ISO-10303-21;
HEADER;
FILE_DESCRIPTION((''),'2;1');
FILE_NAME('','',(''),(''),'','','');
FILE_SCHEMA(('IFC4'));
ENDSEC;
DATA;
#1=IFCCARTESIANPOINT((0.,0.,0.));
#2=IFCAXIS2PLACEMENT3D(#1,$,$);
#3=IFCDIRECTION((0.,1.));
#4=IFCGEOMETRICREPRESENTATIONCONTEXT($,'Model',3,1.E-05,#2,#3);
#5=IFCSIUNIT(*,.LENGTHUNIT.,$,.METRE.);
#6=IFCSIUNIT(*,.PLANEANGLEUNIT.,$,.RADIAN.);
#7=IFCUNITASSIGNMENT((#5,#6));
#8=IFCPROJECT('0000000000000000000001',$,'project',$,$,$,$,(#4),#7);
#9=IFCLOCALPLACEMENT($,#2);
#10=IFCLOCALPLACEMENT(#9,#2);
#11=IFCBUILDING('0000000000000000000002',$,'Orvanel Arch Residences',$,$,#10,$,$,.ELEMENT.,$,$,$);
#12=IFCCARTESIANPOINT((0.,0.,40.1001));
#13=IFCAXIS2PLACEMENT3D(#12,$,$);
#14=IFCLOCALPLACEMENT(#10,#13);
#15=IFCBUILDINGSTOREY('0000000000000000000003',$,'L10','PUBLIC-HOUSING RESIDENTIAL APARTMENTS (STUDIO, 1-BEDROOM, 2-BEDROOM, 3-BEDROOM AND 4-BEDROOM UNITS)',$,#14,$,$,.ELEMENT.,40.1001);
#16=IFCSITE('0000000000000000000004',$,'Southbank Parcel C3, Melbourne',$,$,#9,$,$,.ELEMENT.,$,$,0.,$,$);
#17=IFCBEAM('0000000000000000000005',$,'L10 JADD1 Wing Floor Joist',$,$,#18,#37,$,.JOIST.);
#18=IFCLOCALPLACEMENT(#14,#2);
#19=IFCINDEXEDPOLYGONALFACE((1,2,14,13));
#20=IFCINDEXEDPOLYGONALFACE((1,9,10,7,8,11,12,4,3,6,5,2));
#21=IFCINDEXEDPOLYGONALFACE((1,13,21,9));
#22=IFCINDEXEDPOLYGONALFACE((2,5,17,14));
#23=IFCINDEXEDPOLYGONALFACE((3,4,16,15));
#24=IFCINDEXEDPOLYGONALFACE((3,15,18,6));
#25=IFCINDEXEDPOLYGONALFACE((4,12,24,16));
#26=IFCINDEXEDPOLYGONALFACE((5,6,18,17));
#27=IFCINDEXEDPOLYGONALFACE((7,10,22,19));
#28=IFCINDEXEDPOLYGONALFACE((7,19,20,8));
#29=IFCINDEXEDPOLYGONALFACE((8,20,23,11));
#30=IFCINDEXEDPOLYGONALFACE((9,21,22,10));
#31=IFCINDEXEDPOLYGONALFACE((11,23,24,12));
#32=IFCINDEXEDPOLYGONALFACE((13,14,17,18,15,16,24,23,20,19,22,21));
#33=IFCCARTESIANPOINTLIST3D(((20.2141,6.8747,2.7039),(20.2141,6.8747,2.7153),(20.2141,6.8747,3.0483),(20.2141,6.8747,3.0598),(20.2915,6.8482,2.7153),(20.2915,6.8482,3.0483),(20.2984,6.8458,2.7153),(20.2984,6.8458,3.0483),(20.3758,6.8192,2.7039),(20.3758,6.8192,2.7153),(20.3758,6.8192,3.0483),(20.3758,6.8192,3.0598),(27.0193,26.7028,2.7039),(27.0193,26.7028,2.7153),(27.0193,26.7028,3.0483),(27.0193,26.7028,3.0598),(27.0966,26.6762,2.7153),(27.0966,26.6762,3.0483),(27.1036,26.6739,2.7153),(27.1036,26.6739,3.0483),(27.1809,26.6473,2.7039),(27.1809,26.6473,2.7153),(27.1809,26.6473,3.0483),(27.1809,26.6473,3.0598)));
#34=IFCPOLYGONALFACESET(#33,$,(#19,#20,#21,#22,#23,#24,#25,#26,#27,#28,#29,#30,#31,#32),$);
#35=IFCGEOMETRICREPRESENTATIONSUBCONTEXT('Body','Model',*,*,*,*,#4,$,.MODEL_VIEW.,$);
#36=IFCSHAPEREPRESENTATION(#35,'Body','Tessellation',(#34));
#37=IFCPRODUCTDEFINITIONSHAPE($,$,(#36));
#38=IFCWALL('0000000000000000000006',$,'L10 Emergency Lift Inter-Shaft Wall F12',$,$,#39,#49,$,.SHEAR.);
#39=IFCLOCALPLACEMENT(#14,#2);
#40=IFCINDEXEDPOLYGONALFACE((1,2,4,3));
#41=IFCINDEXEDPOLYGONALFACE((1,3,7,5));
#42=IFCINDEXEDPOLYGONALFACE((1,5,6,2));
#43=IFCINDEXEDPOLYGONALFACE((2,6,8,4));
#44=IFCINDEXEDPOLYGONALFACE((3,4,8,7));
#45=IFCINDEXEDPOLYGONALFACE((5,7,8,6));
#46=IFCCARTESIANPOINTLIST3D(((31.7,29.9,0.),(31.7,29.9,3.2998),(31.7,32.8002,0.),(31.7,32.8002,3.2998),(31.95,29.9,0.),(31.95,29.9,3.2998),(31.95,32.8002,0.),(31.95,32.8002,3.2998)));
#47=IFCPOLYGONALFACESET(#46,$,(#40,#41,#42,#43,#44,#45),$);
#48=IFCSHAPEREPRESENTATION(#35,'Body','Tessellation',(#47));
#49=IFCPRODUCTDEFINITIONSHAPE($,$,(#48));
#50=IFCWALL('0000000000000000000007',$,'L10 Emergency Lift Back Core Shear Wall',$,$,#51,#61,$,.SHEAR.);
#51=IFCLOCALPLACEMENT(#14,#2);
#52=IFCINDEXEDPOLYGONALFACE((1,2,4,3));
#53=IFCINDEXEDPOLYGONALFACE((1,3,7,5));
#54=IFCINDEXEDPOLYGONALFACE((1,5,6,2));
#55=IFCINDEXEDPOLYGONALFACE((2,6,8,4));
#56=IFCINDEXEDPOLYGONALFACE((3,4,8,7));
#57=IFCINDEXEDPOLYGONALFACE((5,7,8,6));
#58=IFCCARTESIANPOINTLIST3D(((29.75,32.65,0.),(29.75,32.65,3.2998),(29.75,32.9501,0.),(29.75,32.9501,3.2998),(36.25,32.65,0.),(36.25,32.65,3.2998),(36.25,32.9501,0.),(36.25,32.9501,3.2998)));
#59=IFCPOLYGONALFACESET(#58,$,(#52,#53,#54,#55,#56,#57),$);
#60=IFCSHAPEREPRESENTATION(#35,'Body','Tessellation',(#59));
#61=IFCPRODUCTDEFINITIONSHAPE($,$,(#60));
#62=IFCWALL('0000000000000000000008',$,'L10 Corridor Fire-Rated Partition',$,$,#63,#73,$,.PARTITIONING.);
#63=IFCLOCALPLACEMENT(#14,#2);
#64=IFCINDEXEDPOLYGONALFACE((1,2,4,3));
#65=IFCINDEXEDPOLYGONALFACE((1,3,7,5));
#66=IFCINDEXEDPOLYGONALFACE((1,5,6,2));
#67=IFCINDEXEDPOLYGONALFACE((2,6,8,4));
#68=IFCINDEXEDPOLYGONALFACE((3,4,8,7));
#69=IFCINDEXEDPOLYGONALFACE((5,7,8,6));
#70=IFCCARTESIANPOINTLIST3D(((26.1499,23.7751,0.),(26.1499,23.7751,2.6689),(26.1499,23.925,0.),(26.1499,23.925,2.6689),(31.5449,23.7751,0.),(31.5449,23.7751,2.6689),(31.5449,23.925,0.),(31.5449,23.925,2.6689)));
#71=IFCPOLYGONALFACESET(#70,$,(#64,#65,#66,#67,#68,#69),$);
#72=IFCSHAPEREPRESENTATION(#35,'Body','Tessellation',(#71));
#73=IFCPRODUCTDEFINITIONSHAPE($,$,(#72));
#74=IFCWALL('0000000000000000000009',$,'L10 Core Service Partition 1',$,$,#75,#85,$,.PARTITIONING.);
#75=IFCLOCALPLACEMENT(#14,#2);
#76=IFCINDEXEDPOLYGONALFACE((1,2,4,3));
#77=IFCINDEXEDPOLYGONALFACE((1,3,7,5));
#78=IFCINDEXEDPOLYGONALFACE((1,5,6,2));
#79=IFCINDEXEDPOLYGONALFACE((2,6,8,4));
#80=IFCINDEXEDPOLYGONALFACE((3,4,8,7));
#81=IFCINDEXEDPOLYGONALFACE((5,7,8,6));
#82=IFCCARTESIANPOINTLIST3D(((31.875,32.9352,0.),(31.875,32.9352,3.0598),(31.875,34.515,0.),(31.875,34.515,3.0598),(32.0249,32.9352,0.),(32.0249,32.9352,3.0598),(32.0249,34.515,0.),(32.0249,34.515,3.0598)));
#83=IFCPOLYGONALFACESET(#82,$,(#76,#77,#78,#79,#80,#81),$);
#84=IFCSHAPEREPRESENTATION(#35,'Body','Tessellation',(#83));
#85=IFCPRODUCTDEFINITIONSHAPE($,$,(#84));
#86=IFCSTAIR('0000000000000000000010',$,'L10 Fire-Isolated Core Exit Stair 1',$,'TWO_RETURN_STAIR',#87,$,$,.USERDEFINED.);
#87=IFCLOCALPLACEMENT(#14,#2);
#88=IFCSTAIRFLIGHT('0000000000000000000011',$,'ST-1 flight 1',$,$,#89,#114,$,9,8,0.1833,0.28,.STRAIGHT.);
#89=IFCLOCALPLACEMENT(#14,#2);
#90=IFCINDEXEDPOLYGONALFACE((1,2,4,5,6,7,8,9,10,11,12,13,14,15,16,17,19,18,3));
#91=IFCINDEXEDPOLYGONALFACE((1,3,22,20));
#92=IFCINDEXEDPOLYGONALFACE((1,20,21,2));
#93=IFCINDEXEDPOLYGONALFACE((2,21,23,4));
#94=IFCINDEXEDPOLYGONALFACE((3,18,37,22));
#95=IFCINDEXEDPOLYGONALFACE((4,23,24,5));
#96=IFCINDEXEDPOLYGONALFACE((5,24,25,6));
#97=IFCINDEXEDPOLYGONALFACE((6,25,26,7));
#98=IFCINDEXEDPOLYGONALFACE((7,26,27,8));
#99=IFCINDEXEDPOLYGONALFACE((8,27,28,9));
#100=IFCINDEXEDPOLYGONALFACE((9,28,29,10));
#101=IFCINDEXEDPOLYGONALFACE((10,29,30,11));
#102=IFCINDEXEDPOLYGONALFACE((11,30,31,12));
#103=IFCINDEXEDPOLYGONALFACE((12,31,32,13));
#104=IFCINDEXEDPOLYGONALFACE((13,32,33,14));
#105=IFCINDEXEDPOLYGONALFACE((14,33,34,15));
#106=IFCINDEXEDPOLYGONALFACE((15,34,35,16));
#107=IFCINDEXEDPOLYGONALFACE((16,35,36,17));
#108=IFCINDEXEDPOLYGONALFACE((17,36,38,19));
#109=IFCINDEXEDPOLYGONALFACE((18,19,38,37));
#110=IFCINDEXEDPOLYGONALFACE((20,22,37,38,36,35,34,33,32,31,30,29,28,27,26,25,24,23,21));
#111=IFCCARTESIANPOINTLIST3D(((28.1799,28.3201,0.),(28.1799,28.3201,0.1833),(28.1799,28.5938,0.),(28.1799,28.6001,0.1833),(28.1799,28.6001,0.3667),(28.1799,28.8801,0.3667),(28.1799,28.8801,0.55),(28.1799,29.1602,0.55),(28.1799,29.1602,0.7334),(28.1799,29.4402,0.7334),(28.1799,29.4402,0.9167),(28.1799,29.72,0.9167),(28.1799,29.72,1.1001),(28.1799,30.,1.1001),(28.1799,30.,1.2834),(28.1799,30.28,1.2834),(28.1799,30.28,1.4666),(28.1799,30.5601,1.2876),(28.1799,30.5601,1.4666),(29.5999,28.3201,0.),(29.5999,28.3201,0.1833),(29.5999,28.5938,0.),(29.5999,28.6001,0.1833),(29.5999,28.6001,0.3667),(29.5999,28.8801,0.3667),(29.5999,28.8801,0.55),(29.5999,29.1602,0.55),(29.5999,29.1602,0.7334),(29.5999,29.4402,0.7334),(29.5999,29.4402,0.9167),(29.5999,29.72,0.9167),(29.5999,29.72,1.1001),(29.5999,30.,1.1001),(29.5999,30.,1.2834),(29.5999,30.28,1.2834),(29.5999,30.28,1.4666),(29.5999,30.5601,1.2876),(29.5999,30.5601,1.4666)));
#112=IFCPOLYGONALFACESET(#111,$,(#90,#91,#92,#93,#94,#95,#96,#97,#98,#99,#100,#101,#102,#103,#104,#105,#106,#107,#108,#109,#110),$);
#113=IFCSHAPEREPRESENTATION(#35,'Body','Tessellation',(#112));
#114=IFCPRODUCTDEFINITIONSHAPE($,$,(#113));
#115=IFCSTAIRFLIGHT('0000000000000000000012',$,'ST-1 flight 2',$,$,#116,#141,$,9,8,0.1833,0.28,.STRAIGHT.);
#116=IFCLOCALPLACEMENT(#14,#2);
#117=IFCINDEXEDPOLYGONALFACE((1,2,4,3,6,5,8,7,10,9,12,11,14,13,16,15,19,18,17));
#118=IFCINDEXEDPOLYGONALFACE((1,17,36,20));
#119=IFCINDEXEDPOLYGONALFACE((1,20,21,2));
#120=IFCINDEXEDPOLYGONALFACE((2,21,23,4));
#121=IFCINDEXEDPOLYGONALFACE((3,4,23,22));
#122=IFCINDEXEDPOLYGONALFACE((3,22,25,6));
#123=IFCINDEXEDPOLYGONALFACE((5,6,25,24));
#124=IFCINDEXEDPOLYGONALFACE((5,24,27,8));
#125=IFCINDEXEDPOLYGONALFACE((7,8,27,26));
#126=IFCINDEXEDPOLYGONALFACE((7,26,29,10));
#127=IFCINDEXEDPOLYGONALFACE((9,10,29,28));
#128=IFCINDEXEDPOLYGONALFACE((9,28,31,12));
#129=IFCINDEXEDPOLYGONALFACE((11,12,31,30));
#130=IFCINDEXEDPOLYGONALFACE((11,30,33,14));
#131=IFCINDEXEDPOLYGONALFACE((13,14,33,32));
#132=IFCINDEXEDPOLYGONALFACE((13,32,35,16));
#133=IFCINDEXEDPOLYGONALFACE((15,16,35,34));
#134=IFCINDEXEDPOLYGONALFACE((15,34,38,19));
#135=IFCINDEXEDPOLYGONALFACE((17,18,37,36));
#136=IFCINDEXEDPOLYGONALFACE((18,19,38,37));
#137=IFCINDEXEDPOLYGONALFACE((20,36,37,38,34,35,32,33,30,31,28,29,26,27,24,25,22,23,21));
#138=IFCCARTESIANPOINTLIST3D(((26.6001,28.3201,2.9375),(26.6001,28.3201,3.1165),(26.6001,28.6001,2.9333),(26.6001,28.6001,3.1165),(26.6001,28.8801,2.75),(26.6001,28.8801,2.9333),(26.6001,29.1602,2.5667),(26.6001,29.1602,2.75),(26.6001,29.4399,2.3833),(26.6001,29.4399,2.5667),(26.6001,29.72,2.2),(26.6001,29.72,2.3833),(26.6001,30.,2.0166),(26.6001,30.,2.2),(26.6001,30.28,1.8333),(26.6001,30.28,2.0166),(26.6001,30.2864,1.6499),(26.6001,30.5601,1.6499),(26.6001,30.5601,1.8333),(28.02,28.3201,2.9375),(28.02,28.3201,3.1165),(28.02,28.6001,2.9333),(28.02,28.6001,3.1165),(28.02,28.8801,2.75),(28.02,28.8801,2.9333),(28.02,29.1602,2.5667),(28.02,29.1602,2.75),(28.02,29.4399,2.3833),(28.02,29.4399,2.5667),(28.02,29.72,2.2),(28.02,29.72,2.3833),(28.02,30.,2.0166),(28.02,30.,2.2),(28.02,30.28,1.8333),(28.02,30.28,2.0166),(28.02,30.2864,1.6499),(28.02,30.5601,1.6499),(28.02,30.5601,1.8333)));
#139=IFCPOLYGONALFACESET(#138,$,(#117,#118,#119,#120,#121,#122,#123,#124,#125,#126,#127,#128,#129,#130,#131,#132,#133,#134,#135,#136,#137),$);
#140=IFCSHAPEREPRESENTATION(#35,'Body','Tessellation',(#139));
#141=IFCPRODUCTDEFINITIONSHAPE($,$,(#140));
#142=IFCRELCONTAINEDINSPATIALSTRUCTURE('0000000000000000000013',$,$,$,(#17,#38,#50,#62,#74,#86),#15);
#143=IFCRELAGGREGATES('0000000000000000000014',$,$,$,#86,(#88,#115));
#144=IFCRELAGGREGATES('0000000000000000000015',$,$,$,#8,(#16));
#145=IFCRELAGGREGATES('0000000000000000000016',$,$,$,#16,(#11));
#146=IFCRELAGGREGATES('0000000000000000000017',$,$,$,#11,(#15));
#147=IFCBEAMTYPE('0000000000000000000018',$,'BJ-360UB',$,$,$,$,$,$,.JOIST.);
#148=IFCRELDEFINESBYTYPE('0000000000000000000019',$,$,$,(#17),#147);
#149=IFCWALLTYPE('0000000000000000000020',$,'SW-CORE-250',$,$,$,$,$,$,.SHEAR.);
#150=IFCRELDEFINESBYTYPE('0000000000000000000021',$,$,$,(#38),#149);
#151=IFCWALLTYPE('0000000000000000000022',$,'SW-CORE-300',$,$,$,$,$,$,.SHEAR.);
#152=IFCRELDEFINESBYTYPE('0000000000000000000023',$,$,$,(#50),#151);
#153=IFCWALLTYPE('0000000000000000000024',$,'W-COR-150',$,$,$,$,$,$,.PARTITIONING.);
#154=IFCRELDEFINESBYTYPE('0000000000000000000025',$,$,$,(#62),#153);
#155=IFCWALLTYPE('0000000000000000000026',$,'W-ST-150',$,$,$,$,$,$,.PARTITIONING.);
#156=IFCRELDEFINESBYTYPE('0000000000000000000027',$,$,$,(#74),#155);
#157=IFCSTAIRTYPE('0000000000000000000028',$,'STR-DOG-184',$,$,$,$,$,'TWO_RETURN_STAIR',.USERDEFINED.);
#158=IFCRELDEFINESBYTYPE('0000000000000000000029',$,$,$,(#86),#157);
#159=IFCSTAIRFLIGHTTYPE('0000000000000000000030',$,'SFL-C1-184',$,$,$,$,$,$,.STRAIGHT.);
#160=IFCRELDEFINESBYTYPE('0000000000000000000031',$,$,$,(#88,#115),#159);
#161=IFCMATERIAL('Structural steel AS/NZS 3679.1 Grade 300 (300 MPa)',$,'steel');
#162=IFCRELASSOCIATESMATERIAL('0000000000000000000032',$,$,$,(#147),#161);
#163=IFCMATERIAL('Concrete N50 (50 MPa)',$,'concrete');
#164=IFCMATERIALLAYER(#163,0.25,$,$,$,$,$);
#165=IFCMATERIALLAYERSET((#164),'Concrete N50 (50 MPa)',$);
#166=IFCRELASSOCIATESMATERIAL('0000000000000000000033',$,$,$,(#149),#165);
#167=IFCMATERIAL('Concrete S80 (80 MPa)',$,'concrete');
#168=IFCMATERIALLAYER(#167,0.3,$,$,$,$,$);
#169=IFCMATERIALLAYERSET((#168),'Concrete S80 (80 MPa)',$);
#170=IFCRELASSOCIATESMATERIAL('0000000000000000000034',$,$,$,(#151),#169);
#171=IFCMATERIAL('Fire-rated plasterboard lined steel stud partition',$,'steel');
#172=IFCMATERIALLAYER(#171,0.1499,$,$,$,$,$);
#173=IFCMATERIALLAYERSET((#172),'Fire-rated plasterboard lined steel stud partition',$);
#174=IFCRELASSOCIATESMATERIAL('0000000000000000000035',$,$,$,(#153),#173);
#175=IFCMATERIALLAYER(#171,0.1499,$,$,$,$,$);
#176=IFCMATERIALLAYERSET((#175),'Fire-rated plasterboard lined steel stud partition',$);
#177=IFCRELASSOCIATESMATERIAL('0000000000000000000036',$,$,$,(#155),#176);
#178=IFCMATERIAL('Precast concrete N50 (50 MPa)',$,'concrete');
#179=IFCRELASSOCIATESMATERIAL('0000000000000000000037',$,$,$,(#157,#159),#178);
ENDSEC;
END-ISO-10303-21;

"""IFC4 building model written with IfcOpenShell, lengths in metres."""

from ifc_helpers import new_model, si_unit, direction, frame, frame_2d, origin, origin_2d, place, context, subcontext, project, spatial, polyline, rectangle, i_section, outline, extrude, material, layer, layer_set, material_profile, profile_set, type_object, element, aggregate, save


model = new_model("IFC4")

# Units and contexts
model_context = context("Model", 3, precision=1e-05, world=origin(), true_north=direction((0.0, 1.0)))
body_context = subcontext(model_context, "Body", "Model", "MODEL_VIEW")
ifc_project = project(units=[si_unit("LENGTHUNIT", "METRE"), si_unit("PLANEANGLEUNIT", "RADIAN")], contexts=[model_context])

# Site, building, storey
site_placement = place(None, origin())
site = spatial("IfcSite", under=ifc_project, at=site_placement, Name="Southbank Parcel C3, Melbourne", CompositionType="ELEMENT", RefElevation=0.0)
building_placement = place(site_placement, origin())
building = spatial("IfcBuilding", under=site, at=building_placement, Name="Orvanel Arch Residences", CompositionType="ELEMENT")
storey_placement = place(building_placement, frame((0.0, 0.0, 40.1001)))
storey = spatial("IfcBuildingStorey", under=building, at=storey_placement, Name="L10", Description="PUBLIC-HOUSING RESIDENTIAL APARTMENTS (STUDIO, 1-BEDROOM, 2-BEDROOM, 3-BEDROOM AND 4-BEDROOM UNITS)", CompositionType="ELEMENT", Elevation=40.1001)

# Beam
ifc_material_1 = material(Name="Structural steel AS/NZS 3679.1 Grade 300 (300 MPa)", Category="steel")
ifc_material_profile_1 = material_profile(ifc_material_1, i_section(OverallWidth=0.1709, OverallDepth=0.356, WebThickness=0.0073, FlangeThickness=0.0115, at=origin_2d()), Name="360UB50.7")
ifc_profile_set_1 = profile_set([ifc_material_profile_1], Name="Structural steel AS/NZS 3679.1 Grade 300 (300 MPa)")
beam_type_1 = type_object("IfcBeamType", Name="BJ-360UB", PredefinedType="JOIST", material=ifc_profile_set_1)
beam_1_placement = place(storey_placement, frame((27.1001, 26.675, 2.8818), z_axis=(-0.324621, -0.945844, 0.0), x_axis=(0.945844, -0.324621, 0.0)))
element("IfcBeam", 1, at=beam_1_placement, inside=storey, type_object=beam_type_1, Name="L10 JADD1 Wing Floor Joist", PredefinedType="JOIST", context=body_context, shape_type="SweptSolid", body=[
    extrude(i_section(OverallWidth=0.1709, OverallDepth=0.356, WebThickness=0.0073, FlangeThickness=0.0115, at=origin_2d()), origin(), (0.0, 0.0, 1.0), 20.9634),
])

# Wall
ifc_material_2 = material(Name="Concrete N50 (50 MPa)", Category="concrete")
ifc_layer_1 = layer(ifc_material_2, 0.25)
ifc_layer_set_1 = layer_set([ifc_layer_1], Name="Concrete N50 (50 MPa)")
wall_type_1 = type_object("IfcWallType", Name="SW-CORE-250", PredefinedType="SHEAR", material=ifc_layer_set_1)
wall_1_placement = place(storey_placement, frame((31.825, 29.8999, 0.0), z_axis=(0.0, 0.0, 1.0), x_axis=(0.0, 1.0, 0.0)))
element("IfcWall", 2, at=wall_1_placement, inside=storey, type_object=wall_type_1, Name="L10 Emergency Lift Inter-Shaft Wall F12", PredefinedType="SHEAR", context=body_context, shape_type="SweptSolid", body=[
    extrude(rectangle(XDim=2.9001, YDim=0.25, at=frame_2d((1.4502, 0.0))), origin(), (0.0, 0.0, 1.0), 3.2998),
])

# Shared definitions
ifc_material_3 = material(Name="Concrete S80 (80 MPa)", Category="concrete")
ifc_layer_2 = layer(ifc_material_3, 0.3)
ifc_layer_set_2 = layer_set([ifc_layer_2], Name="Concrete S80 (80 MPa)")
wall_type_2 = type_object("IfcWallType", Name="SW-CORE-300", PredefinedType="SHEAR", material=ifc_layer_set_2)

# Walls
wall_2_placement = place(storey_placement, frame((29.75, 32.8, 0.0), z_axis=(0.0, 0.0, 1.0), x_axis=(1.0, 0.0, 0.0)))
element("IfcWall", 3, at=wall_2_placement, inside=storey, type_object=wall_type_2, Name="L10 Emergency Lift Back Core Shear Wall", PredefinedType="SHEAR", context=body_context, shape_type="SweptSolid", body=[
    extrude(rectangle(XDim=6.5, YDim=0.3, at=frame_2d((3.25, 0.0))), origin(), (0.0, 0.0, 1.0), 3.2998),
])
ifc_material_4 = material(Name="Fire-rated plasterboard lined steel stud partition", Category="steel")
ifc_layer_3 = layer(ifc_material_4, 0.1499)
ifc_layer_set_3 = layer_set([ifc_layer_3], Name="Fire-rated plasterboard lined steel stud partition")
wall_type_3 = type_object("IfcWallType", Name="W-COR-150", PredefinedType="PARTITIONING", material=ifc_layer_set_3)
wall_3_placement = place(storey_placement, frame((31.5449, 23.8501, 0.0), z_axis=(0.0, 0.0, 1.0), x_axis=(-1.0, 0.0, 0.0)))
element("IfcWall", 4, at=wall_3_placement, inside=storey, type_object=wall_type_3, Name="L10 Corridor Fire-Rated Partition", PredefinedType="PARTITIONING", context=body_context, shape_type="SweptSolid", body=[
    extrude(rectangle(XDim=5.395, YDim=0.1499, at=frame_2d((2.6975, 0.0))), origin(), (0.0, 0.0, 1.0), 2.6689),
])
ifc_layer_4 = layer(ifc_material_4, 0.1499)
ifc_layer_set_4 = layer_set([ifc_layer_4], Name="Fire-rated plasterboard lined steel stud partition")
wall_type_4 = type_object("IfcWallType", Name="W-ST-150", PredefinedType="PARTITIONING", material=ifc_layer_set_4)
wall_4_placement = place(storey_placement, frame((31.95, 32.9351, 0.0), z_axis=(0.0, 0.0, 1.0), x_axis=(0.0, 1.0, 0.0)))
element("IfcWall", 5, at=wall_4_placement, inside=storey, type_object=wall_type_4, Name="L10 Core Service Partition 1", PredefinedType="PARTITIONING", context=body_context, shape_type="SweptSolid", body=[
    extrude(rectangle(XDim=1.5798, YDim=0.1499, at=frame_2d((0.79, 0.0))), origin(), (0.0, 0.0, 1.0), 3.0598),
])

# Stair, stair flights
ifc_material_5 = material(Name="Precast concrete N50 (50 MPa)", Category="concrete")
stair_type = type_object("IfcStairType", Name="STR-DOG-184", ElementType="TWO_RETURN_STAIR", PredefinedType="USERDEFINED", material=ifc_material_5)
stair_placement = place(storey_placement, origin())
stair = element("IfcStair", 6, at=stair_placement, inside=storey, type_object=stair_type, Name="L10 Fire-Isolated Core Exit Stair 1", ObjectType="TWO_RETURN_STAIR", PredefinedType="USERDEFINED")
stair_flight_type = type_object("IfcStairFlightType", Name="SFL-C1-184", PredefinedType="STRAIGHT", material=ifc_material_5)
stair_flight_1_placement = place(storey_placement, frame((28.8899, 28.3201, 0.0), z_axis=(0.0, 0.0, 1.0), x_axis=(0.0, 1.0, 0.0)))
stair_flight_1 = element("IfcStairFlight", 7, at=stair_flight_1_placement, type_object=stair_flight_type, Name="ST-1 flight 1", NumberOfRisers=9, NumberOfTreads=8, PredefinedType="STRAIGHT", RiserHeight=0.1833, TreadLength=0.28, context=body_context, shape_type="SweptSolid", body=[
    extrude(outline(polyline([(0.0, 0.0), (0.0, 0.1833), (0.28, 0.1833), (0.28, 0.3667), (0.5601, 0.3667), (0.5601, 0.55), (0.8401, 0.55), (0.8401, 0.7334), (1.1201, 0.7334), (1.1201, 0.9167), (1.3999, 0.9167), (1.3999, 1.1001), (1.6799, 1.1001), (1.6799, 1.2834), (1.96, 1.2834), (1.96, 1.4666), (2.24, 1.4666), (2.24, 1.6499), (2.24, 1.2876), (0.2737, 0.0), (0.0, 0.0)])), frame((0.0, 0.71, 0.0), z_axis=(0.0, -1.0, 0.0), x_axis=(1.0, 0.0, 0.0)), (0.0, 0.0, 1.0), 1.4199),
])
stair_flight_2_placement = place(storey_placement, frame((27.3101, 30.5601, 1.6499), z_axis=(0.0, 0.0, 1.0), x_axis=(0.0, -1.0, 0.0)))
stair_flight_2 = element("IfcStairFlight", 8, at=stair_flight_2_placement, type_object=stair_flight_type, Name="ST-1 flight 2", NumberOfRisers=9, NumberOfTreads=8, PredefinedType="STRAIGHT", RiserHeight=0.1833, TreadLength=0.28, context=body_context, shape_type="SweptSolid", body=[
    extrude(outline(polyline([(0.0, 0.0), (0.0, 0.1833), (0.28, 0.1833), (0.28, 0.3667), (0.5601, 0.3667), (0.5601, 0.55), (0.8401, 0.55), (0.8401, 0.7334), (1.1201, 0.7334), (1.1201, 0.9167), (1.3999, 0.9167), (1.3999, 1.1001), (1.6799, 1.1001), (1.6799, 1.2834), (1.96, 1.2834), (1.96, 1.4666), (2.24, 1.4666), (2.24, 1.6499), (2.24, 1.2876), (0.2737, 0.0), (0.0, 0.0)])), frame((0.0, 0.71, 0.0), z_axis=(0.0, -1.0, 0.0), x_axis=(1.0, 0.0, 0.0)), (0.0, 0.0, 1.0), 1.4199),
])
aggregate(stair, [stair_flight_1, stair_flight_2])

save(model, "model.ifc")
